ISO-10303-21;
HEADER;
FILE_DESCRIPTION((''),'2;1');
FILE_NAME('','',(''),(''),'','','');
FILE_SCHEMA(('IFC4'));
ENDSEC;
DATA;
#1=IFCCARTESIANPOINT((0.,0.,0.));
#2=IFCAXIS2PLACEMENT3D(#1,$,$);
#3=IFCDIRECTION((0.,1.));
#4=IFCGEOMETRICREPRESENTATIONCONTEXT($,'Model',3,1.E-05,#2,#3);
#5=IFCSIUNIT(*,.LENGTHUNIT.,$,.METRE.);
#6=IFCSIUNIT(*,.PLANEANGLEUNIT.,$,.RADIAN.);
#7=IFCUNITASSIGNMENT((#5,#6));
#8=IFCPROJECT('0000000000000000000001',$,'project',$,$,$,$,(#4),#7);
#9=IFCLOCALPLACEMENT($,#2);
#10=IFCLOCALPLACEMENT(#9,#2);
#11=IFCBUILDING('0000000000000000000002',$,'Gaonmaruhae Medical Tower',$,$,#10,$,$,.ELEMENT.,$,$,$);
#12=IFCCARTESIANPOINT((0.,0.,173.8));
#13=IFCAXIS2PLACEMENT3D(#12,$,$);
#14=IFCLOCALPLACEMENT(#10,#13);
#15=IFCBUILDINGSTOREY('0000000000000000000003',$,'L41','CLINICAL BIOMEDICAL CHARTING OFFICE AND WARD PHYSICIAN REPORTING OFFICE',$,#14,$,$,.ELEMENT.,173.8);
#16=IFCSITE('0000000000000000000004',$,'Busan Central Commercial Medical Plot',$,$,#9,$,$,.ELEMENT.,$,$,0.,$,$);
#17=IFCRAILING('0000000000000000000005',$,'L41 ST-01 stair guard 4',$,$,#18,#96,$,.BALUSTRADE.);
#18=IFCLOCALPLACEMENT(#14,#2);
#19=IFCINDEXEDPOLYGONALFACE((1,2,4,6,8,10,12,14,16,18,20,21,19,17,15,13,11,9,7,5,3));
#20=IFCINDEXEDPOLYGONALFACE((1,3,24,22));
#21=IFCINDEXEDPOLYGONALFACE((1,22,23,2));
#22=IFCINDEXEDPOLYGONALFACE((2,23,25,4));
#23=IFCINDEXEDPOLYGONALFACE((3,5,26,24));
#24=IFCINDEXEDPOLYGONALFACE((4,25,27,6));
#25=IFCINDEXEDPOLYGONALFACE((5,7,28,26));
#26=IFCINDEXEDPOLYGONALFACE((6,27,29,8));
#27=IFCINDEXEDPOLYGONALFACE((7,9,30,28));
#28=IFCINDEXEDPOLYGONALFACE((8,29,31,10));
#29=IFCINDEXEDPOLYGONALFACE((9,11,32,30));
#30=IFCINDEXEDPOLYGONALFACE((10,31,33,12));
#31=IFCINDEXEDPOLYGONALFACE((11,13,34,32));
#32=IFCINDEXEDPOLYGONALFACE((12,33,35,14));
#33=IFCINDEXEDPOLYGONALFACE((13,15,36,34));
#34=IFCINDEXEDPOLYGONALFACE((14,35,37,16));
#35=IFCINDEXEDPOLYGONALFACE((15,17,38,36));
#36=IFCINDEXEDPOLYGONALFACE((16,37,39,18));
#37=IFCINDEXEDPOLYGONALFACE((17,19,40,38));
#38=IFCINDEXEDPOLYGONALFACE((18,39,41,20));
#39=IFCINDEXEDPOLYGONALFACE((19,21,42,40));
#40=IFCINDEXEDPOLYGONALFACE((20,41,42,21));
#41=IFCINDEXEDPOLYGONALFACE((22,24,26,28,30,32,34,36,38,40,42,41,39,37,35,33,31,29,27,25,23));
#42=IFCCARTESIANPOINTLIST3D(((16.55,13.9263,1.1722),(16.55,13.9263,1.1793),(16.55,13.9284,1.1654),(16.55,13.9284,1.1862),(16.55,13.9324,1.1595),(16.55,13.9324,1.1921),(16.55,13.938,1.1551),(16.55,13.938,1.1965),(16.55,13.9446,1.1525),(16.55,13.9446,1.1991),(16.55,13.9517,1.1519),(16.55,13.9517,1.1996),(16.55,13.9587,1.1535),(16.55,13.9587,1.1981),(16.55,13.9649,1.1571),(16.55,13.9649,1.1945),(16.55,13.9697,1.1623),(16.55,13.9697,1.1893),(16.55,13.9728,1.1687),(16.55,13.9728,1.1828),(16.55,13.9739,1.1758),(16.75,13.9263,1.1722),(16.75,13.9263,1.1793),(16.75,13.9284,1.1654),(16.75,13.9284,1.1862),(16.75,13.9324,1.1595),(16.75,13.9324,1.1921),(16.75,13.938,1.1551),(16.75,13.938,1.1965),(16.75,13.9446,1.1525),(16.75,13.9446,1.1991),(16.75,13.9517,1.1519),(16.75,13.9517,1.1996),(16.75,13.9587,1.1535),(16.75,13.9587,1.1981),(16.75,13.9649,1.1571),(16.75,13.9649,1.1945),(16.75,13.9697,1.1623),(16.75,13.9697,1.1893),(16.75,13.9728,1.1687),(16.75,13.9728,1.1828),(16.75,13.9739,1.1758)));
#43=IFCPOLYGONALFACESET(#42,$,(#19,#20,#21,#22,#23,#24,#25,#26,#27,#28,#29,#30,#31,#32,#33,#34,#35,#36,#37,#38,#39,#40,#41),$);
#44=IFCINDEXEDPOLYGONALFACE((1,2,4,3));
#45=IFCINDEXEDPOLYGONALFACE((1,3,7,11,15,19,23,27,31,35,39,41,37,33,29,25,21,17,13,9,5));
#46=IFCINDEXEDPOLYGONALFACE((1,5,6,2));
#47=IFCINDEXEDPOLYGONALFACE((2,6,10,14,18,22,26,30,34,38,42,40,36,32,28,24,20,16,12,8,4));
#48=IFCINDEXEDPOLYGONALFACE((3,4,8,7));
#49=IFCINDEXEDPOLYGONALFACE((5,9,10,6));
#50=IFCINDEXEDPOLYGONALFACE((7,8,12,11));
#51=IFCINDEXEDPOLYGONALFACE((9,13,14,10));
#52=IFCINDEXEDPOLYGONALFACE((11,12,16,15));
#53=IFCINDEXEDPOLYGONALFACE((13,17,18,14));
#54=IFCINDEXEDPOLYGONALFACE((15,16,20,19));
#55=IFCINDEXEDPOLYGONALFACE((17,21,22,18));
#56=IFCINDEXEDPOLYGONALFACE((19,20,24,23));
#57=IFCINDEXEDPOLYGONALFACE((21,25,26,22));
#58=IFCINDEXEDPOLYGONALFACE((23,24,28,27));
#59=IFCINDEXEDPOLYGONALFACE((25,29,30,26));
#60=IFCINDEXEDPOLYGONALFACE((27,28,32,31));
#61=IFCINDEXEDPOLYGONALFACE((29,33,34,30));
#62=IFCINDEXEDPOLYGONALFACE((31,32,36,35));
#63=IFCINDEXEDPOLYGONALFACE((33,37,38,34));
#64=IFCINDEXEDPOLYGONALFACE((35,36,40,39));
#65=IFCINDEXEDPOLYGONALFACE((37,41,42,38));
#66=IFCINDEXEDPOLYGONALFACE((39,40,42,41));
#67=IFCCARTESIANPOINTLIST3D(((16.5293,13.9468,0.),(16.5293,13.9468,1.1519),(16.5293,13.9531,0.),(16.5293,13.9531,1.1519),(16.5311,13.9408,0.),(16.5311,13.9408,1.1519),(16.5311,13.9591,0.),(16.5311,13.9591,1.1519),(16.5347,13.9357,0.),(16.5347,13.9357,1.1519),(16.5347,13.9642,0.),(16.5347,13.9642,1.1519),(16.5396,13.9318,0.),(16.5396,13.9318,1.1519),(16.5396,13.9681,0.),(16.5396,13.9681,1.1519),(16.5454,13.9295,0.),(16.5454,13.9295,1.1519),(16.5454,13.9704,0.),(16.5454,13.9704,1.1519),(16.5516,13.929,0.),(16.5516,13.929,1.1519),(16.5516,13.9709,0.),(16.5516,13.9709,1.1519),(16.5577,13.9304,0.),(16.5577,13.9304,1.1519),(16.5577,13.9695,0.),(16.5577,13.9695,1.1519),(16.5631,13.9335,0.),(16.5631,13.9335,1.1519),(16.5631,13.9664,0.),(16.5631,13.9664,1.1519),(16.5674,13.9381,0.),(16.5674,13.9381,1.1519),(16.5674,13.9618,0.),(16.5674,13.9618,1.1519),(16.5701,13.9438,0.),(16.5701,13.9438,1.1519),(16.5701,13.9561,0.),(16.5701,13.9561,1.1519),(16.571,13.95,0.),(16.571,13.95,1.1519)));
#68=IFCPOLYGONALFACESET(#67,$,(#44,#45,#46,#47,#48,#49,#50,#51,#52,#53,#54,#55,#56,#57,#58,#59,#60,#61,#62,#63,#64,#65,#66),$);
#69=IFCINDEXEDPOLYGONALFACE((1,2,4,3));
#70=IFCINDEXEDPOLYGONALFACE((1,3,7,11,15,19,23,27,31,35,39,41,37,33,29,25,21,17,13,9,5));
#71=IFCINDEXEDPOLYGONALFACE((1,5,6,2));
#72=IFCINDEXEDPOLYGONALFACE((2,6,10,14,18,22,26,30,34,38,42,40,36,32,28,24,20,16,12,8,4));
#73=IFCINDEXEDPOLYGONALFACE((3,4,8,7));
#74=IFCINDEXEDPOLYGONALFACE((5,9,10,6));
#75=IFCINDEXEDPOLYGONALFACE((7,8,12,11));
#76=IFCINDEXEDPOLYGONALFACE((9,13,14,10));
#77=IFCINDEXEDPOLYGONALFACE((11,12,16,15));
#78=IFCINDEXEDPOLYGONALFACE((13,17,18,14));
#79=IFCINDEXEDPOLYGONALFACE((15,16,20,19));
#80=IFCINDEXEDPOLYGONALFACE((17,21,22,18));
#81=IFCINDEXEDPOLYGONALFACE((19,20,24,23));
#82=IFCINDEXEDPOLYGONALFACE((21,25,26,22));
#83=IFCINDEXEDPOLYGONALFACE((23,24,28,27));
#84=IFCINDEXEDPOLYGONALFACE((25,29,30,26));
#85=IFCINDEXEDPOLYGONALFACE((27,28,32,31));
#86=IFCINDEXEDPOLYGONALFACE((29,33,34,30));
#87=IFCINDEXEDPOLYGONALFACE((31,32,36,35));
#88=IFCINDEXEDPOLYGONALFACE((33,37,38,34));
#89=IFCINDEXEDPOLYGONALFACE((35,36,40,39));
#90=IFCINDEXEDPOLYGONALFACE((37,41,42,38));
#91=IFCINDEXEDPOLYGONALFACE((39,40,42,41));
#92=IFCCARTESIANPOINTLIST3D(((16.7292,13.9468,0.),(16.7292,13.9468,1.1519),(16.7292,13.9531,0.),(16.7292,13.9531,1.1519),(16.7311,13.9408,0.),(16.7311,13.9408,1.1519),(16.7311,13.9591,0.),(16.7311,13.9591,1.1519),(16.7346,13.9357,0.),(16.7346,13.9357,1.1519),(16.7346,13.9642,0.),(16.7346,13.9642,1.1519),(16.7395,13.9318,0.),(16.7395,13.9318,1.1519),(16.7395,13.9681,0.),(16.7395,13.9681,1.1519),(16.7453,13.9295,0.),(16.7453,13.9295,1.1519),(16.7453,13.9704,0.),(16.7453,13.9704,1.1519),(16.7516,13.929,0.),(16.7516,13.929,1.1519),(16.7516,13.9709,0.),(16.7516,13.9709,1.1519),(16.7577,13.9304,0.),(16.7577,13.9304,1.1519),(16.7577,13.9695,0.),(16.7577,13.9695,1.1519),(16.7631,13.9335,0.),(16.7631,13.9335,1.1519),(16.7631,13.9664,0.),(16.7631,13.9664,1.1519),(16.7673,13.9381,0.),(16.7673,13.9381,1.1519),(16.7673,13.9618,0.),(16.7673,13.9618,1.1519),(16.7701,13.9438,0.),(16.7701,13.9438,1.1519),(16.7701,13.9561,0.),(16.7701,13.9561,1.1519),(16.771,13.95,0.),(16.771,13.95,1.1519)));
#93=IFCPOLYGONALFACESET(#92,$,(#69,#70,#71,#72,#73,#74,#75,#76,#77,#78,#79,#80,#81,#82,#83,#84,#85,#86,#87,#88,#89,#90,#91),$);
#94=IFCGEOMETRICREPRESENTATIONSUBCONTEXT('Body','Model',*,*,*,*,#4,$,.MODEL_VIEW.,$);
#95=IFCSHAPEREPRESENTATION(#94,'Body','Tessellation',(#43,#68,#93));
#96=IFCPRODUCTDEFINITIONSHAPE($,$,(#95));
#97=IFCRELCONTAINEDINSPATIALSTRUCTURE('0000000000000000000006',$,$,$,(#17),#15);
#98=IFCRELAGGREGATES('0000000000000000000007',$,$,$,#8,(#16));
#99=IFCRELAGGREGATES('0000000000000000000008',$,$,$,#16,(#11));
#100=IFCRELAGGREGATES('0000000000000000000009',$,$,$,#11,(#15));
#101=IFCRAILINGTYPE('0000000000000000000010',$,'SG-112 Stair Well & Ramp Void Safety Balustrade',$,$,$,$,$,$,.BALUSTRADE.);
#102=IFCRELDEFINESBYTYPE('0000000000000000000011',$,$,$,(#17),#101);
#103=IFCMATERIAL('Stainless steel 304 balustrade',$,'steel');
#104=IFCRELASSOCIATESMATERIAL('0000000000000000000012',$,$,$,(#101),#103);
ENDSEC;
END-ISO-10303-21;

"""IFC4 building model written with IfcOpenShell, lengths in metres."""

from ifc_helpers import new_model, si_unit, direction, frame, origin, origin_2d, place, context, subcontext, project, spatial, circle, extrude, material, type_object, element, save


model = new_model("IFC4")

# Units and contexts
model_context = context("Model", 3, precision=1e-05, world=origin(), true_north=direction((0.0, 1.0)))
body_context = subcontext(model_context, "Body", "Model", "MODEL_VIEW")
ifc_project = project(units=[si_unit("LENGTHUNIT", "METRE"), si_unit("PLANEANGLEUNIT", "RADIAN")], contexts=[model_context])

# Site, building, storey
site_placement = place(None, origin())
site = spatial("IfcSite", under=ifc_project, at=site_placement, Name="Busan Central Commercial Medical Plot", CompositionType="ELEMENT", RefElevation=0.0)
building_placement = place(site_placement, origin())
building = spatial("IfcBuilding", under=site, at=building_placement, Name="Gaonmaruhae Medical Tower", CompositionType="ELEMENT")
storey_placement = place(building_placement, frame((0.0, 0.0, 173.8)))
storey = spatial("IfcBuildingStorey", under=building, at=storey_placement, Name="L41", Description="CLINICAL BIOMEDICAL CHARTING OFFICE AND WARD PHYSICIAN REPORTING OFFICE", CompositionType="ELEMENT", Elevation=173.8)

# Railing
ifc_material_1 = material(Name="Stainless steel 304 balustrade", Category="steel")
railing_type_1 = type_object("IfcRailingType", Name="SG-112 Stair Well & Ramp Void Safety Balustrade", PredefinedType="BALUSTRADE", material=ifc_material_1)
railing_1_placement = place(storey_placement, frame((16.55, 13.95, 0.0)))
element("IfcRailing", 1, at=railing_1_placement, inside=storey, type_object=railing_type_1, Name="L41 ST-01 stair guard 4", PredefinedType="BALUSTRADE", context=body_context, shape_type="SweptSolid", body=[
    extrude(circle(Radius=0.0239, at=origin_2d()), frame((0.0, 0.0, 1.1758), z_axis=(1.0, 0.0, 0.0), x_axis=(0.0, 1.0, 0.0)), (0.0, 0.0, 1.0), 0.2),
    extrude(circle(Radius=0.021, at=origin_2d()), origin(), (0.0, 0.0, 1.0), 1.1519),
    extrude(circle(Radius=0.021, at=origin_2d()), frame((0.2, 0.0, 0.0)), (0.0, 0.0, 1.0), 1.1519),
])

save(model, "model.ifc")
